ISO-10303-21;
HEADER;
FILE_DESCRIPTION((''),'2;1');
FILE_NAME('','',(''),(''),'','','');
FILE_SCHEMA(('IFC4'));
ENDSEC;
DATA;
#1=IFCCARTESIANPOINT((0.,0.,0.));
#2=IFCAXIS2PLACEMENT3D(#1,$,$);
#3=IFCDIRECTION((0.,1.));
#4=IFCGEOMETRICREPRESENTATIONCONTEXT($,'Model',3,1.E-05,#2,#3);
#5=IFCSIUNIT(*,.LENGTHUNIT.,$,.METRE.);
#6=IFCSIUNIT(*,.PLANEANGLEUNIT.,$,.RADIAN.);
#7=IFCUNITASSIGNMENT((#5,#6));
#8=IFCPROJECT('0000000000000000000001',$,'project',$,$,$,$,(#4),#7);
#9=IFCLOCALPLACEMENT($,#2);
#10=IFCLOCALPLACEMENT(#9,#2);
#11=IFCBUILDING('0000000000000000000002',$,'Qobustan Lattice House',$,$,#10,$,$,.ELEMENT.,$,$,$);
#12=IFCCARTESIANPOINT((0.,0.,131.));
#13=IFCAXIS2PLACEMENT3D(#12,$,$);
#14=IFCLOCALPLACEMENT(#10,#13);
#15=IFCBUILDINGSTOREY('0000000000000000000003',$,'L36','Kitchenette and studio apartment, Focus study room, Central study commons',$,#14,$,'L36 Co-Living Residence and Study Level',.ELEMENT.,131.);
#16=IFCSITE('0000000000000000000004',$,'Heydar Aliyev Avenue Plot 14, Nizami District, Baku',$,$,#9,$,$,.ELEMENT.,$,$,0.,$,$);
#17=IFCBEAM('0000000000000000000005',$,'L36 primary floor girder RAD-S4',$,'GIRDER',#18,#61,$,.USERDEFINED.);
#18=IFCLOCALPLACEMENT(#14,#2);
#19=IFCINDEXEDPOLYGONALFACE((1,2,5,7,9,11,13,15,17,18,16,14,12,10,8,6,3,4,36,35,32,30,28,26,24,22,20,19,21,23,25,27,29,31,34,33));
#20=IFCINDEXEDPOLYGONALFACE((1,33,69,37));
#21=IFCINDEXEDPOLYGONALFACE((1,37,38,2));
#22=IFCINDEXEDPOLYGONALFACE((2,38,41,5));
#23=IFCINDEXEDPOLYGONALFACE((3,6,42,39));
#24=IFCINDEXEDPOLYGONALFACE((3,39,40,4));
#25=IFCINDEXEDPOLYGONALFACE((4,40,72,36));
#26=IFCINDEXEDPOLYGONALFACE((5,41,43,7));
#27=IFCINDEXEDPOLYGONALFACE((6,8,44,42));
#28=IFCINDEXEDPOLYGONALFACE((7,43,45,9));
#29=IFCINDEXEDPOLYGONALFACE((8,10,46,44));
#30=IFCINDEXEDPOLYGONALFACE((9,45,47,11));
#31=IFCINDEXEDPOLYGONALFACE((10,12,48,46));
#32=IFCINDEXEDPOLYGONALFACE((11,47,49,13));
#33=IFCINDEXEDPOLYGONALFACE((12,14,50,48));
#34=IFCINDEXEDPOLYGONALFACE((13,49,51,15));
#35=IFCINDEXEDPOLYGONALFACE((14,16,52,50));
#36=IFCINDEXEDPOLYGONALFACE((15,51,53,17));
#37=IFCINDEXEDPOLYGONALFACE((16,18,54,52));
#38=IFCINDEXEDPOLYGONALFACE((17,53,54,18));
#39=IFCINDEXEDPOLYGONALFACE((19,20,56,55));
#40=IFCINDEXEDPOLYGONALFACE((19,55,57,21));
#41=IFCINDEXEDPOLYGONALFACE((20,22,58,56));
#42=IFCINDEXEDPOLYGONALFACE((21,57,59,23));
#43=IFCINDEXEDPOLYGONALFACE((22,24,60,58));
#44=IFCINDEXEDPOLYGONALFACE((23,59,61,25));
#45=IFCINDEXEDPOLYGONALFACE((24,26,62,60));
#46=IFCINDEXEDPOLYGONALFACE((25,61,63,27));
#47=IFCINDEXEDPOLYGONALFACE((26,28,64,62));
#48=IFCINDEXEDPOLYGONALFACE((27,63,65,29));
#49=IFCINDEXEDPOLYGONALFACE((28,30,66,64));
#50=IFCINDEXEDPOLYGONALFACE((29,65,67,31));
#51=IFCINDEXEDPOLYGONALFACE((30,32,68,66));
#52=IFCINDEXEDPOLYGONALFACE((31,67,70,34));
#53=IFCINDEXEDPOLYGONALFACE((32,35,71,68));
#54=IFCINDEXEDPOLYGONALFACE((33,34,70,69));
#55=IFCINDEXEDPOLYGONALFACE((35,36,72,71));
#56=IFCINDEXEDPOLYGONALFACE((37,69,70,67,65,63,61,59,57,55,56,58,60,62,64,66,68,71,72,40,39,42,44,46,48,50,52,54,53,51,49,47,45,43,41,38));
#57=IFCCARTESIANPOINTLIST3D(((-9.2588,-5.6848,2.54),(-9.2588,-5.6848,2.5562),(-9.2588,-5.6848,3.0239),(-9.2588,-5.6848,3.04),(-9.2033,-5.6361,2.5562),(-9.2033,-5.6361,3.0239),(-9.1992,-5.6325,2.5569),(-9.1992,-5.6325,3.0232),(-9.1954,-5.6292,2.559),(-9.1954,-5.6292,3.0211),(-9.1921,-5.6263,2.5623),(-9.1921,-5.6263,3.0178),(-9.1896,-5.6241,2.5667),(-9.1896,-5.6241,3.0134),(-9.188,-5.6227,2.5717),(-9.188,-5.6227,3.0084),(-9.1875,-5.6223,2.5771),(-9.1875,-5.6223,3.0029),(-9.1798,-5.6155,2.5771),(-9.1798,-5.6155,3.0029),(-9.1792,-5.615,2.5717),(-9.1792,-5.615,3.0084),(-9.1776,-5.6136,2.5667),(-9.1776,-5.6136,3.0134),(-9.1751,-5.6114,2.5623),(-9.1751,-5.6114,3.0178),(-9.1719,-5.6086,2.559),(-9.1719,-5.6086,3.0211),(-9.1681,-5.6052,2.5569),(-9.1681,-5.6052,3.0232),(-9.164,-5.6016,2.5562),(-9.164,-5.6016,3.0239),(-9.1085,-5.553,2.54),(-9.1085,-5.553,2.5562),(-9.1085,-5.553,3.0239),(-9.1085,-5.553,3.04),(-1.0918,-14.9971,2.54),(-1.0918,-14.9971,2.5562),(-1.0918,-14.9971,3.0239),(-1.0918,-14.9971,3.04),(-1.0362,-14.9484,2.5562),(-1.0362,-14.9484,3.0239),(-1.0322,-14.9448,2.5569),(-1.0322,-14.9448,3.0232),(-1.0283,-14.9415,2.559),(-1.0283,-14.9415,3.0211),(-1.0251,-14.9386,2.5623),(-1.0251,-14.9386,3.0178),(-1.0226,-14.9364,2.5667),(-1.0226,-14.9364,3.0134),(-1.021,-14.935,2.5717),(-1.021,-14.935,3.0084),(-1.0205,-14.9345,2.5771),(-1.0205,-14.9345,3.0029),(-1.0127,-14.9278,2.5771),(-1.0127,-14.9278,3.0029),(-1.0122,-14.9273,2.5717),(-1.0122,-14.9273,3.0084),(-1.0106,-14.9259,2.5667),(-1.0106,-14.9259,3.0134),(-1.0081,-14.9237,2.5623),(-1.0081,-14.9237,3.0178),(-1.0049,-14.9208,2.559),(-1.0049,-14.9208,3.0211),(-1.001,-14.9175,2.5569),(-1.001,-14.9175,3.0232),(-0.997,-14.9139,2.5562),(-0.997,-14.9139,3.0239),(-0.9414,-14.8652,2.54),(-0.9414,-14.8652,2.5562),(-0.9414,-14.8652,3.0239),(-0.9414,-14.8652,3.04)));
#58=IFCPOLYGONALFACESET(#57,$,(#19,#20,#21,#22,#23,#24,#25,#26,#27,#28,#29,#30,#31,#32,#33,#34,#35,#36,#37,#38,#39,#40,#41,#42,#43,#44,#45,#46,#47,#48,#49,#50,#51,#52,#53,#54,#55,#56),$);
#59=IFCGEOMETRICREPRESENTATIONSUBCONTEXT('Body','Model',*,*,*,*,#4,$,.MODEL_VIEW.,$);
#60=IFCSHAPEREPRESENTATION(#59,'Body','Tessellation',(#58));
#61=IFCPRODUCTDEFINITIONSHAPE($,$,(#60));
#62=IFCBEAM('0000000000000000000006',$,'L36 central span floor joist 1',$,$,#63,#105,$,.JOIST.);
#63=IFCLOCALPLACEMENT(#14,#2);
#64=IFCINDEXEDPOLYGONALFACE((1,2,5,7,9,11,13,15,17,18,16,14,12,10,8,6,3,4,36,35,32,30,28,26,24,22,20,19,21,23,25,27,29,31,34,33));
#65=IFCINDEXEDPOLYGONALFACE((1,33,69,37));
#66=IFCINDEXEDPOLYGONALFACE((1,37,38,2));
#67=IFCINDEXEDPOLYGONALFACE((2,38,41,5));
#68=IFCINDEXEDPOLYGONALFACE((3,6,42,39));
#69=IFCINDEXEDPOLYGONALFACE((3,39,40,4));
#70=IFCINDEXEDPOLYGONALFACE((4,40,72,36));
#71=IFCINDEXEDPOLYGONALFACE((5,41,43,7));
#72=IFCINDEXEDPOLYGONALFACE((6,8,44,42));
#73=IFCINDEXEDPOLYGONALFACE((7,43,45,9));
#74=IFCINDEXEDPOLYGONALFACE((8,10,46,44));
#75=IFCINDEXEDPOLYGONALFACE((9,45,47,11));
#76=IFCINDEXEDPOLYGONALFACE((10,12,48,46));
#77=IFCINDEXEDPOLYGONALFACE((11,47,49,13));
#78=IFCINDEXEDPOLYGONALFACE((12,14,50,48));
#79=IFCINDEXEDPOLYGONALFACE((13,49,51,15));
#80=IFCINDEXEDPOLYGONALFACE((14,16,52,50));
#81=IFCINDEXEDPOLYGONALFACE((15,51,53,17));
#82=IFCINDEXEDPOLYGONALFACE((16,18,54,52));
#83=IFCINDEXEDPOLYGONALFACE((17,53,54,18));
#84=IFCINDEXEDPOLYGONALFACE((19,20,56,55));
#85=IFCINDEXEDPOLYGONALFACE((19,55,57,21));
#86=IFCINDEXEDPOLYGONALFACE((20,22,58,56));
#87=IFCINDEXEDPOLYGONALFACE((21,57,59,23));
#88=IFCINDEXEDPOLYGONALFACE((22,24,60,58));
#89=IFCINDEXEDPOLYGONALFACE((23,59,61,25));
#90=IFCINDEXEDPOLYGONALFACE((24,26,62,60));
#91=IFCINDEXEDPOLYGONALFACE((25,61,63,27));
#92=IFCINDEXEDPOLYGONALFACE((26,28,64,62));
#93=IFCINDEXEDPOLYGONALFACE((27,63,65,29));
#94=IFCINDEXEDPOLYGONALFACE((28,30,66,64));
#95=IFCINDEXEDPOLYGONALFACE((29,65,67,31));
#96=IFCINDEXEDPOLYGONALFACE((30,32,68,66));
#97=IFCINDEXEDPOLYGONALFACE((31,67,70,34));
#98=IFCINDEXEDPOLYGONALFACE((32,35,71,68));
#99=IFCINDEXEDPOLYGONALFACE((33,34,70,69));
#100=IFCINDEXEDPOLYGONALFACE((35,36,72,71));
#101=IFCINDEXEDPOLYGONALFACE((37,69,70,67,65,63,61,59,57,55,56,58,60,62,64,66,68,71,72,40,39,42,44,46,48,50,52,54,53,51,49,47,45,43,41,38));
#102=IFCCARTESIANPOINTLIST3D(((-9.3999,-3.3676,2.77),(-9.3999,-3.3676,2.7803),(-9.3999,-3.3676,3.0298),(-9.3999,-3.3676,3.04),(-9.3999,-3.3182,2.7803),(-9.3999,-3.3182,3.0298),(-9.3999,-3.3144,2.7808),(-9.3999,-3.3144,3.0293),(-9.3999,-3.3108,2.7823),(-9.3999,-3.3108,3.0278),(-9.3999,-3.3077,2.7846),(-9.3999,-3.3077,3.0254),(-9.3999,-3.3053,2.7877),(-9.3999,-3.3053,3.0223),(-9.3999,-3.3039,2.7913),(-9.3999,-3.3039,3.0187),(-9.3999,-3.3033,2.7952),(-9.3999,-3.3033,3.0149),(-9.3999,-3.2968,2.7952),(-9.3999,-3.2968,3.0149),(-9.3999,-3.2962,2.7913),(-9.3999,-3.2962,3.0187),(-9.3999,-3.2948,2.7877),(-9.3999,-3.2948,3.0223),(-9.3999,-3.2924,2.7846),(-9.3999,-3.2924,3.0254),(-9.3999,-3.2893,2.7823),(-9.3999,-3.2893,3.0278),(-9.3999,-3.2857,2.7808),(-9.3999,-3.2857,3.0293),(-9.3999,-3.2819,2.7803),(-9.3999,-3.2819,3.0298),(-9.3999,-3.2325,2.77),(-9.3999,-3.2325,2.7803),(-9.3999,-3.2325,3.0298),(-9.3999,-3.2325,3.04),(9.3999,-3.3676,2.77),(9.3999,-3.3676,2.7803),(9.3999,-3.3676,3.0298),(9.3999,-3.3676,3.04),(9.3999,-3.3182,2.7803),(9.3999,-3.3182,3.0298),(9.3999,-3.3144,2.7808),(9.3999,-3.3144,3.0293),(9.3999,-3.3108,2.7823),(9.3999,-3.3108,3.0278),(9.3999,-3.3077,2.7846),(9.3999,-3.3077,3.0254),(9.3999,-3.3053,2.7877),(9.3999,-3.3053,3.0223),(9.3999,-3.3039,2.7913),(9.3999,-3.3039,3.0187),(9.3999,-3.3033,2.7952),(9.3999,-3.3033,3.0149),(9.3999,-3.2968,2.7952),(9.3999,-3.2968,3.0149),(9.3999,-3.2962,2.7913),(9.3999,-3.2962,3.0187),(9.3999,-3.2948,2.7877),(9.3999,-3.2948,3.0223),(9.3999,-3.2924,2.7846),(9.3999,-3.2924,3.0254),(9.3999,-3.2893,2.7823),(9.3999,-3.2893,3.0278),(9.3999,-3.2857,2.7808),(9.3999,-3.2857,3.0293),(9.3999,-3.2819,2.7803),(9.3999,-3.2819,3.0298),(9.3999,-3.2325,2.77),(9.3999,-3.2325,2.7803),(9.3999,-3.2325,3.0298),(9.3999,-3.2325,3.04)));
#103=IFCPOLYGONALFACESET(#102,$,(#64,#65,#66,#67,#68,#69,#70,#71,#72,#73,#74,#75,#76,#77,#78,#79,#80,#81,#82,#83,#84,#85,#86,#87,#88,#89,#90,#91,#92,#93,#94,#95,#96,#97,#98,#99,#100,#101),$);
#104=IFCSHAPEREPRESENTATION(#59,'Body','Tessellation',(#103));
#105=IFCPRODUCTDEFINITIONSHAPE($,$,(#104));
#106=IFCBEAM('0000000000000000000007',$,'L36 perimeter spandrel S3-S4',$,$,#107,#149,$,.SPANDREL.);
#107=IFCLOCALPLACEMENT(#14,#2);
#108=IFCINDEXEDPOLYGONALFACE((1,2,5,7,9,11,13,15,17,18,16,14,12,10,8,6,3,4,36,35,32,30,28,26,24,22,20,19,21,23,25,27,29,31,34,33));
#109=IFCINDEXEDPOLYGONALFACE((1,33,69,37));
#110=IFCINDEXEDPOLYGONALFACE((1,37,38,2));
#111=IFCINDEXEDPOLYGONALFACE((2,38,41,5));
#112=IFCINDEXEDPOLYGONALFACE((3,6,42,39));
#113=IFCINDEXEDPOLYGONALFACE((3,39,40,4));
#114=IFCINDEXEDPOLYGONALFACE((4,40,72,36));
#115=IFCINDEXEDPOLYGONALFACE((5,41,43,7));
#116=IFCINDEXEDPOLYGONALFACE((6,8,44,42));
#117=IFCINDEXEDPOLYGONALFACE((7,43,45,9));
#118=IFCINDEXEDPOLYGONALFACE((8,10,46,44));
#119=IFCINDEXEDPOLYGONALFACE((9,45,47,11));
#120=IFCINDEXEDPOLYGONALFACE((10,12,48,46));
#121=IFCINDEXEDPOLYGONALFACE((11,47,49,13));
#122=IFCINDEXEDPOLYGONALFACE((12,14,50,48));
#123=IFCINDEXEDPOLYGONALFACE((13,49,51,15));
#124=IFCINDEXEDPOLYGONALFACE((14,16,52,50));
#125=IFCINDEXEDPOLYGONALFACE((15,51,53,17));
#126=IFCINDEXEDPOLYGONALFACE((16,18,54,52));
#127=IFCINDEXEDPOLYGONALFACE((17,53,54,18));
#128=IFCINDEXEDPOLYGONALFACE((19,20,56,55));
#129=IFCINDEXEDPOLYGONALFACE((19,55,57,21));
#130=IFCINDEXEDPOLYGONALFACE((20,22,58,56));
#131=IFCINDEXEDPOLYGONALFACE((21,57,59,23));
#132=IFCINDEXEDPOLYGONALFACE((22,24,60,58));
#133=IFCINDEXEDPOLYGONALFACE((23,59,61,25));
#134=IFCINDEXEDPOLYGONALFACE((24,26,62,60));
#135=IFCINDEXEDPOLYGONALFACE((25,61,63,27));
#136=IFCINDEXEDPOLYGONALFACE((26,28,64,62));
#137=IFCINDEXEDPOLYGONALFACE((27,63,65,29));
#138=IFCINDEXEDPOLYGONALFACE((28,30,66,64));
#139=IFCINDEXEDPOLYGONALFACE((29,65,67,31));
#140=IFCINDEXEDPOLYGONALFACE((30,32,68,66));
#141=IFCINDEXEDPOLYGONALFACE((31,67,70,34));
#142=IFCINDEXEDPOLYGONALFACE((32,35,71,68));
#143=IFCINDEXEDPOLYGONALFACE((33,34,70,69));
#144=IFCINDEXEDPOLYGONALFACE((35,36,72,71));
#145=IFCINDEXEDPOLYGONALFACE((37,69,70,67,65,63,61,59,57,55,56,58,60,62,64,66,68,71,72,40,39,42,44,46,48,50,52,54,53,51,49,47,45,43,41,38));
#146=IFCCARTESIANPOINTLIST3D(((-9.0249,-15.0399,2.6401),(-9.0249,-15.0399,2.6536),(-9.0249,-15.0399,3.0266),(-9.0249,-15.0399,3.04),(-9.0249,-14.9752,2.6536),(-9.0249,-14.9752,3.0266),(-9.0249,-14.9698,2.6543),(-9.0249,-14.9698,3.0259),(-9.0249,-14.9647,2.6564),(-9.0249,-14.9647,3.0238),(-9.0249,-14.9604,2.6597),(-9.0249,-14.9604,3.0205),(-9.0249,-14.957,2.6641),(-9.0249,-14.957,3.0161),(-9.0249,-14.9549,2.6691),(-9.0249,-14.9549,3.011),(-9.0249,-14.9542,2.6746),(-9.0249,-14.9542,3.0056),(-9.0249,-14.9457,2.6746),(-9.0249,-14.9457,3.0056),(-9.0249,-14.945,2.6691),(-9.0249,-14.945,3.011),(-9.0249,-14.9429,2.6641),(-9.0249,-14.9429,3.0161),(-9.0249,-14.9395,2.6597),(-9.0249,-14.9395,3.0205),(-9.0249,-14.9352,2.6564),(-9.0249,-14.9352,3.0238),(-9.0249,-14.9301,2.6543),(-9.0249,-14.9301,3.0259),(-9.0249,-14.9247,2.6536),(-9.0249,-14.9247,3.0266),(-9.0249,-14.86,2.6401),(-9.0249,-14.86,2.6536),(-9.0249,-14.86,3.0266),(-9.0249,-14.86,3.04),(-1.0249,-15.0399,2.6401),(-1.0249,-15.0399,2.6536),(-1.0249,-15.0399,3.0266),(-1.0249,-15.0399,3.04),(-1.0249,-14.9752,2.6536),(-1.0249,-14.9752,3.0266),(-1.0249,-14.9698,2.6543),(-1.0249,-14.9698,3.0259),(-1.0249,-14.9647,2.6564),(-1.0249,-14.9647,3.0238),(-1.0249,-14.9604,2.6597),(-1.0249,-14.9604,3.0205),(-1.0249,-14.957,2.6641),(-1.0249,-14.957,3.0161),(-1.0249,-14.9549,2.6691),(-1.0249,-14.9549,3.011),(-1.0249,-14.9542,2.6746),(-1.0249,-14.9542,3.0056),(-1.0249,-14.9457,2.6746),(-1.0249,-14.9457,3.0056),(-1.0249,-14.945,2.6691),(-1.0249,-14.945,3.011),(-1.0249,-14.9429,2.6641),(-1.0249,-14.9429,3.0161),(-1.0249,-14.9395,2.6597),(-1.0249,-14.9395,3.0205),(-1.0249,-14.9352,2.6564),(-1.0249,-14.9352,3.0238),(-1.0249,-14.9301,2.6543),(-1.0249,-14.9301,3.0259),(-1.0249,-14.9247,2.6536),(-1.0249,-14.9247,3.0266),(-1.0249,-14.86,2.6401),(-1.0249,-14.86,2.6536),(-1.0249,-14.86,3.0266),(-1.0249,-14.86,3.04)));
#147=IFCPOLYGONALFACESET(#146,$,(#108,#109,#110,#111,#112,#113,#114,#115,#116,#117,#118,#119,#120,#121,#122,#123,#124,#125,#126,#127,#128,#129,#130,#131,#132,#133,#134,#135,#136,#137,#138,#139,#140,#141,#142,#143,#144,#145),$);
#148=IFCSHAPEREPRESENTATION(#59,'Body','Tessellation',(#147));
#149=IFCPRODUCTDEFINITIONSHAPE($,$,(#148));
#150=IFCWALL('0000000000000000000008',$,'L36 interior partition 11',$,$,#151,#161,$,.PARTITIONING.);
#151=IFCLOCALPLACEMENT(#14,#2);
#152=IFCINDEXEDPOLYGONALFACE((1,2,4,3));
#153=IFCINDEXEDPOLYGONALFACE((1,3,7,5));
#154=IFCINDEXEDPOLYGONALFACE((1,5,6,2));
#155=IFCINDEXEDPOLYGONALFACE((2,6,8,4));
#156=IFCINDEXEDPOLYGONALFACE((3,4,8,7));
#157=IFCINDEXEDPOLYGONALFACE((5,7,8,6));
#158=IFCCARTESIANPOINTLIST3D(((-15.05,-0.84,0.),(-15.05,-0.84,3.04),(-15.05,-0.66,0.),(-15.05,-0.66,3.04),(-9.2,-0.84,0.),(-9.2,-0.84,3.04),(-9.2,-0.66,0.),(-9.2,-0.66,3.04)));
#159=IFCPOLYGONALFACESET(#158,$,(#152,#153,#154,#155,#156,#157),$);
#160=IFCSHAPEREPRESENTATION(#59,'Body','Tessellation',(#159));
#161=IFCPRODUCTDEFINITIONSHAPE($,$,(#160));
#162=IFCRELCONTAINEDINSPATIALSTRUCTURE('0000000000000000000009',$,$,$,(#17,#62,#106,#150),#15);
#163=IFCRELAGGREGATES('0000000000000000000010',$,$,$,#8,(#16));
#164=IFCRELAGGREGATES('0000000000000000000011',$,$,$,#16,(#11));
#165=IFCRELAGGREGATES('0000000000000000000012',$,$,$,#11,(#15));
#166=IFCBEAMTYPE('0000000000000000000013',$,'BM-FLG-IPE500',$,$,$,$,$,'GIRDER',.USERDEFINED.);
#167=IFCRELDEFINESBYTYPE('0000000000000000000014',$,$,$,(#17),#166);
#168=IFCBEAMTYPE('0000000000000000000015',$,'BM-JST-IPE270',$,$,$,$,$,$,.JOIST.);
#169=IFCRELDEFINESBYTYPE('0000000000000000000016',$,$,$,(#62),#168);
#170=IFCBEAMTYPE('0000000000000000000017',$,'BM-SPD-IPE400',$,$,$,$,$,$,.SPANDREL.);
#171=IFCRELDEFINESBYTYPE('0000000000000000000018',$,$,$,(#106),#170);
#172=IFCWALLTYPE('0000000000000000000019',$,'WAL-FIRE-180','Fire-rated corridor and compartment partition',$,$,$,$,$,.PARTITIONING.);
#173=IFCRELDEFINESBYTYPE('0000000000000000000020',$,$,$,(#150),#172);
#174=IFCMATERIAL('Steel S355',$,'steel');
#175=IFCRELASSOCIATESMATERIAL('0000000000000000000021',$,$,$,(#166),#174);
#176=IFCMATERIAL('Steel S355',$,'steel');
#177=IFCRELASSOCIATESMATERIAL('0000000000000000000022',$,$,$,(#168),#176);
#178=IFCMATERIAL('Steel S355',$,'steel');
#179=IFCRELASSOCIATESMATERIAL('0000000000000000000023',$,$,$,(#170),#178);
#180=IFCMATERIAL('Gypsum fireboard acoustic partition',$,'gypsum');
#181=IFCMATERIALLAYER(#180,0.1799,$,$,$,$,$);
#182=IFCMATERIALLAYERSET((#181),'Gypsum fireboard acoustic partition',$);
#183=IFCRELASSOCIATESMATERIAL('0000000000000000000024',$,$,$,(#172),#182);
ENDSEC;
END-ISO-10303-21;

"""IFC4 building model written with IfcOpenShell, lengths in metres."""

from ifc_helpers import new_model, si_unit, direction, frame, frame_2d, origin, origin_2d, place, context, subcontext, project, spatial, rectangle, i_section, extrude, material, layer, layer_set, material_profile, profile_set, type_object, element, save


model = new_model("IFC4")

# Units and contexts
model_context = context("Model", 3, precision=1e-05, world=origin(), true_north=direction((0.0, 1.0)))
body_context = subcontext(model_context, "Body", "Model", "MODEL_VIEW")
ifc_project = project(units=[si_unit("LENGTHUNIT", "METRE"), si_unit("PLANEANGLEUNIT", "RADIAN")], contexts=[model_context])

# Site, building, storey
site_placement = place(None, origin())
site = spatial("IfcSite", under=ifc_project, at=site_placement, Name="Heydar Aliyev Avenue Plot 14, Nizami District, Baku", CompositionType="ELEMENT", RefElevation=0.0)
building_placement = place(site_placement, origin())
building = spatial("IfcBuilding", under=site, at=building_placement, Name="Qobustan Lattice House", CompositionType="ELEMENT")
storey_placement = place(building_placement, frame((0.0, 0.0, 131.0)))
storey = spatial("IfcBuildingStorey", under=building, at=storey_placement, Name="L36", Description="Kitchenette and studio apartment, Focus study room, Central study commons", LongName="L36 Co-Living Residence and Study Level", CompositionType="ELEMENT", Elevation=131.0)

# Beams
ifc_material_1 = material(Name="Steel S355", Category="steel")
ifc_material_profile_1 = material_profile(ifc_material_1, i_section(OverallWidth=0.2, OverallDepth=0.5, WebThickness=0.0103, FlangeThickness=0.0161, FilletRadius=0.021, at=origin_2d()), Name="IPE500")
ifc_profile_set_1 = profile_set([ifc_material_profile_1], Name="Steel S355")
beam_type_1 = type_object("IfcBeamType", Name="BM-FLG-IPE500", ElementType="GIRDER", PredefinedType="USERDEFINED", material=ifc_profile_set_1)
beam_1_placement = place(storey_placement, frame((-1.0166, -14.9312, 2.79), z_axis=(-0.659362, 0.751825, 0.0), x_axis=(-0.751825, -0.659362, 0.0)))
element("IfcBeam", 1, at=beam_1_placement, inside=storey, type_object=beam_type_1, Name="L36 primary floor girder RAD-S4", ObjectType="GIRDER", PredefinedType="USERDEFINED", context=body_context, shape_type="SweptSolid", body=[
    extrude(i_section(OverallWidth=0.2, OverallDepth=0.5, WebThickness=0.0103, FlangeThickness=0.0161, FilletRadius=0.021, at=origin_2d()), origin(), (0.0, 0.0, 1.0), 12.3862),
])
ifc_material_2 = material(Name="Steel S355", Category="steel")
ifc_material_profile_2 = material_profile(ifc_material_2, i_section(OverallWidth=0.135, OverallDepth=0.27, WebThickness=0.0066, FlangeThickness=0.0103, FilletRadius=0.0149, at=origin_2d()), Name="IPE270")
ifc_profile_set_2 = profile_set([ifc_material_profile_2], Name="Steel S355")
beam_type_2 = type_object("IfcBeamType", Name="BM-JST-IPE270", PredefinedType="JOIST", material=ifc_profile_set_2)
beam_2_placement = place(storey_placement, frame((-9.3999, -3.3, 2.905), z_axis=(1.0, 0.0, 0.0), x_axis=(0.0, 1.0, 0.0)))
element("IfcBeam", 2, at=beam_2_placement, inside=storey, type_object=beam_type_2, Name="L36 central span floor joist 1", PredefinedType="JOIST", context=body_context, shape_type="SweptSolid", body=[
    extrude(i_section(OverallWidth=0.135, OverallDepth=0.27, WebThickness=0.0066, FlangeThickness=0.0103, FilletRadius=0.0149, at=origin_2d()), origin(), (0.0, 0.0, 1.0), 18.7998),
])
ifc_material_3 = material(Name="Steel S355", Category="steel")
ifc_material_profile_3 = material_profile(ifc_material_3, i_section(OverallWidth=0.1799, OverallDepth=0.3999, WebThickness=0.0085, FlangeThickness=0.0134, FilletRadius=0.021, at=origin_2d()), Name="IPE400")
ifc_profile_set_3 = profile_set([ifc_material_profile_3], Name="Steel S355")
beam_type_3 = type_object("IfcBeamType", Name="BM-SPD-IPE400", PredefinedType="SPANDREL", material=ifc_profile_set_3)
beam_3_placement = place(storey_placement, frame((-9.0249, -14.95, 2.8401), z_axis=(1.0, 0.0, 0.0), x_axis=(0.0, 1.0, 0.0)))
element("IfcBeam", 3, at=beam_3_placement, inside=storey, type_object=beam_type_3, Name="L36 perimeter spandrel S3-S4", PredefinedType="SPANDREL", context=body_context, shape_type="SweptSolid", body=[
    extrude(i_section(OverallWidth=0.1799, OverallDepth=0.3999, WebThickness=0.0085, FlangeThickness=0.0134, FilletRadius=0.021, at=origin_2d()), origin(), (0.0, 0.0, 1.0), 8.0),
])

# Wall
ifc_material_4 = material(Name="Gypsum fireboard acoustic partition", Category="gypsum")
ifc_layer_1 = layer(ifc_material_4, 0.1799)
ifc_layer_set_1 = layer_set([ifc_layer_1], Name="Gypsum fireboard acoustic partition")
wall_type_1 = type_object("IfcWallType", Name="WAL-FIRE-180", Description="Fire-rated corridor and compartment partition", PredefinedType="PARTITIONING", material=ifc_layer_set_1)
wall_1_placement = place(storey_placement, frame((-9.2, -0.75, 0.0), z_axis=(0.0, 0.0, 1.0), x_axis=(-1.0, 0.0, 0.0)))
element("IfcWall", 4, at=wall_1_placement, inside=storey, type_object=wall_type_1, Name="L36 interior partition 11", PredefinedType="PARTITIONING", context=body_context, shape_type="SweptSolid", body=[
    extrude(rectangle(XDim=5.8501, YDim=0.1799, at=frame_2d((2.925, 0.0))), origin(), (0.0, 0.0, 1.0), 3.04),
])

save(model, "model.ifc")
